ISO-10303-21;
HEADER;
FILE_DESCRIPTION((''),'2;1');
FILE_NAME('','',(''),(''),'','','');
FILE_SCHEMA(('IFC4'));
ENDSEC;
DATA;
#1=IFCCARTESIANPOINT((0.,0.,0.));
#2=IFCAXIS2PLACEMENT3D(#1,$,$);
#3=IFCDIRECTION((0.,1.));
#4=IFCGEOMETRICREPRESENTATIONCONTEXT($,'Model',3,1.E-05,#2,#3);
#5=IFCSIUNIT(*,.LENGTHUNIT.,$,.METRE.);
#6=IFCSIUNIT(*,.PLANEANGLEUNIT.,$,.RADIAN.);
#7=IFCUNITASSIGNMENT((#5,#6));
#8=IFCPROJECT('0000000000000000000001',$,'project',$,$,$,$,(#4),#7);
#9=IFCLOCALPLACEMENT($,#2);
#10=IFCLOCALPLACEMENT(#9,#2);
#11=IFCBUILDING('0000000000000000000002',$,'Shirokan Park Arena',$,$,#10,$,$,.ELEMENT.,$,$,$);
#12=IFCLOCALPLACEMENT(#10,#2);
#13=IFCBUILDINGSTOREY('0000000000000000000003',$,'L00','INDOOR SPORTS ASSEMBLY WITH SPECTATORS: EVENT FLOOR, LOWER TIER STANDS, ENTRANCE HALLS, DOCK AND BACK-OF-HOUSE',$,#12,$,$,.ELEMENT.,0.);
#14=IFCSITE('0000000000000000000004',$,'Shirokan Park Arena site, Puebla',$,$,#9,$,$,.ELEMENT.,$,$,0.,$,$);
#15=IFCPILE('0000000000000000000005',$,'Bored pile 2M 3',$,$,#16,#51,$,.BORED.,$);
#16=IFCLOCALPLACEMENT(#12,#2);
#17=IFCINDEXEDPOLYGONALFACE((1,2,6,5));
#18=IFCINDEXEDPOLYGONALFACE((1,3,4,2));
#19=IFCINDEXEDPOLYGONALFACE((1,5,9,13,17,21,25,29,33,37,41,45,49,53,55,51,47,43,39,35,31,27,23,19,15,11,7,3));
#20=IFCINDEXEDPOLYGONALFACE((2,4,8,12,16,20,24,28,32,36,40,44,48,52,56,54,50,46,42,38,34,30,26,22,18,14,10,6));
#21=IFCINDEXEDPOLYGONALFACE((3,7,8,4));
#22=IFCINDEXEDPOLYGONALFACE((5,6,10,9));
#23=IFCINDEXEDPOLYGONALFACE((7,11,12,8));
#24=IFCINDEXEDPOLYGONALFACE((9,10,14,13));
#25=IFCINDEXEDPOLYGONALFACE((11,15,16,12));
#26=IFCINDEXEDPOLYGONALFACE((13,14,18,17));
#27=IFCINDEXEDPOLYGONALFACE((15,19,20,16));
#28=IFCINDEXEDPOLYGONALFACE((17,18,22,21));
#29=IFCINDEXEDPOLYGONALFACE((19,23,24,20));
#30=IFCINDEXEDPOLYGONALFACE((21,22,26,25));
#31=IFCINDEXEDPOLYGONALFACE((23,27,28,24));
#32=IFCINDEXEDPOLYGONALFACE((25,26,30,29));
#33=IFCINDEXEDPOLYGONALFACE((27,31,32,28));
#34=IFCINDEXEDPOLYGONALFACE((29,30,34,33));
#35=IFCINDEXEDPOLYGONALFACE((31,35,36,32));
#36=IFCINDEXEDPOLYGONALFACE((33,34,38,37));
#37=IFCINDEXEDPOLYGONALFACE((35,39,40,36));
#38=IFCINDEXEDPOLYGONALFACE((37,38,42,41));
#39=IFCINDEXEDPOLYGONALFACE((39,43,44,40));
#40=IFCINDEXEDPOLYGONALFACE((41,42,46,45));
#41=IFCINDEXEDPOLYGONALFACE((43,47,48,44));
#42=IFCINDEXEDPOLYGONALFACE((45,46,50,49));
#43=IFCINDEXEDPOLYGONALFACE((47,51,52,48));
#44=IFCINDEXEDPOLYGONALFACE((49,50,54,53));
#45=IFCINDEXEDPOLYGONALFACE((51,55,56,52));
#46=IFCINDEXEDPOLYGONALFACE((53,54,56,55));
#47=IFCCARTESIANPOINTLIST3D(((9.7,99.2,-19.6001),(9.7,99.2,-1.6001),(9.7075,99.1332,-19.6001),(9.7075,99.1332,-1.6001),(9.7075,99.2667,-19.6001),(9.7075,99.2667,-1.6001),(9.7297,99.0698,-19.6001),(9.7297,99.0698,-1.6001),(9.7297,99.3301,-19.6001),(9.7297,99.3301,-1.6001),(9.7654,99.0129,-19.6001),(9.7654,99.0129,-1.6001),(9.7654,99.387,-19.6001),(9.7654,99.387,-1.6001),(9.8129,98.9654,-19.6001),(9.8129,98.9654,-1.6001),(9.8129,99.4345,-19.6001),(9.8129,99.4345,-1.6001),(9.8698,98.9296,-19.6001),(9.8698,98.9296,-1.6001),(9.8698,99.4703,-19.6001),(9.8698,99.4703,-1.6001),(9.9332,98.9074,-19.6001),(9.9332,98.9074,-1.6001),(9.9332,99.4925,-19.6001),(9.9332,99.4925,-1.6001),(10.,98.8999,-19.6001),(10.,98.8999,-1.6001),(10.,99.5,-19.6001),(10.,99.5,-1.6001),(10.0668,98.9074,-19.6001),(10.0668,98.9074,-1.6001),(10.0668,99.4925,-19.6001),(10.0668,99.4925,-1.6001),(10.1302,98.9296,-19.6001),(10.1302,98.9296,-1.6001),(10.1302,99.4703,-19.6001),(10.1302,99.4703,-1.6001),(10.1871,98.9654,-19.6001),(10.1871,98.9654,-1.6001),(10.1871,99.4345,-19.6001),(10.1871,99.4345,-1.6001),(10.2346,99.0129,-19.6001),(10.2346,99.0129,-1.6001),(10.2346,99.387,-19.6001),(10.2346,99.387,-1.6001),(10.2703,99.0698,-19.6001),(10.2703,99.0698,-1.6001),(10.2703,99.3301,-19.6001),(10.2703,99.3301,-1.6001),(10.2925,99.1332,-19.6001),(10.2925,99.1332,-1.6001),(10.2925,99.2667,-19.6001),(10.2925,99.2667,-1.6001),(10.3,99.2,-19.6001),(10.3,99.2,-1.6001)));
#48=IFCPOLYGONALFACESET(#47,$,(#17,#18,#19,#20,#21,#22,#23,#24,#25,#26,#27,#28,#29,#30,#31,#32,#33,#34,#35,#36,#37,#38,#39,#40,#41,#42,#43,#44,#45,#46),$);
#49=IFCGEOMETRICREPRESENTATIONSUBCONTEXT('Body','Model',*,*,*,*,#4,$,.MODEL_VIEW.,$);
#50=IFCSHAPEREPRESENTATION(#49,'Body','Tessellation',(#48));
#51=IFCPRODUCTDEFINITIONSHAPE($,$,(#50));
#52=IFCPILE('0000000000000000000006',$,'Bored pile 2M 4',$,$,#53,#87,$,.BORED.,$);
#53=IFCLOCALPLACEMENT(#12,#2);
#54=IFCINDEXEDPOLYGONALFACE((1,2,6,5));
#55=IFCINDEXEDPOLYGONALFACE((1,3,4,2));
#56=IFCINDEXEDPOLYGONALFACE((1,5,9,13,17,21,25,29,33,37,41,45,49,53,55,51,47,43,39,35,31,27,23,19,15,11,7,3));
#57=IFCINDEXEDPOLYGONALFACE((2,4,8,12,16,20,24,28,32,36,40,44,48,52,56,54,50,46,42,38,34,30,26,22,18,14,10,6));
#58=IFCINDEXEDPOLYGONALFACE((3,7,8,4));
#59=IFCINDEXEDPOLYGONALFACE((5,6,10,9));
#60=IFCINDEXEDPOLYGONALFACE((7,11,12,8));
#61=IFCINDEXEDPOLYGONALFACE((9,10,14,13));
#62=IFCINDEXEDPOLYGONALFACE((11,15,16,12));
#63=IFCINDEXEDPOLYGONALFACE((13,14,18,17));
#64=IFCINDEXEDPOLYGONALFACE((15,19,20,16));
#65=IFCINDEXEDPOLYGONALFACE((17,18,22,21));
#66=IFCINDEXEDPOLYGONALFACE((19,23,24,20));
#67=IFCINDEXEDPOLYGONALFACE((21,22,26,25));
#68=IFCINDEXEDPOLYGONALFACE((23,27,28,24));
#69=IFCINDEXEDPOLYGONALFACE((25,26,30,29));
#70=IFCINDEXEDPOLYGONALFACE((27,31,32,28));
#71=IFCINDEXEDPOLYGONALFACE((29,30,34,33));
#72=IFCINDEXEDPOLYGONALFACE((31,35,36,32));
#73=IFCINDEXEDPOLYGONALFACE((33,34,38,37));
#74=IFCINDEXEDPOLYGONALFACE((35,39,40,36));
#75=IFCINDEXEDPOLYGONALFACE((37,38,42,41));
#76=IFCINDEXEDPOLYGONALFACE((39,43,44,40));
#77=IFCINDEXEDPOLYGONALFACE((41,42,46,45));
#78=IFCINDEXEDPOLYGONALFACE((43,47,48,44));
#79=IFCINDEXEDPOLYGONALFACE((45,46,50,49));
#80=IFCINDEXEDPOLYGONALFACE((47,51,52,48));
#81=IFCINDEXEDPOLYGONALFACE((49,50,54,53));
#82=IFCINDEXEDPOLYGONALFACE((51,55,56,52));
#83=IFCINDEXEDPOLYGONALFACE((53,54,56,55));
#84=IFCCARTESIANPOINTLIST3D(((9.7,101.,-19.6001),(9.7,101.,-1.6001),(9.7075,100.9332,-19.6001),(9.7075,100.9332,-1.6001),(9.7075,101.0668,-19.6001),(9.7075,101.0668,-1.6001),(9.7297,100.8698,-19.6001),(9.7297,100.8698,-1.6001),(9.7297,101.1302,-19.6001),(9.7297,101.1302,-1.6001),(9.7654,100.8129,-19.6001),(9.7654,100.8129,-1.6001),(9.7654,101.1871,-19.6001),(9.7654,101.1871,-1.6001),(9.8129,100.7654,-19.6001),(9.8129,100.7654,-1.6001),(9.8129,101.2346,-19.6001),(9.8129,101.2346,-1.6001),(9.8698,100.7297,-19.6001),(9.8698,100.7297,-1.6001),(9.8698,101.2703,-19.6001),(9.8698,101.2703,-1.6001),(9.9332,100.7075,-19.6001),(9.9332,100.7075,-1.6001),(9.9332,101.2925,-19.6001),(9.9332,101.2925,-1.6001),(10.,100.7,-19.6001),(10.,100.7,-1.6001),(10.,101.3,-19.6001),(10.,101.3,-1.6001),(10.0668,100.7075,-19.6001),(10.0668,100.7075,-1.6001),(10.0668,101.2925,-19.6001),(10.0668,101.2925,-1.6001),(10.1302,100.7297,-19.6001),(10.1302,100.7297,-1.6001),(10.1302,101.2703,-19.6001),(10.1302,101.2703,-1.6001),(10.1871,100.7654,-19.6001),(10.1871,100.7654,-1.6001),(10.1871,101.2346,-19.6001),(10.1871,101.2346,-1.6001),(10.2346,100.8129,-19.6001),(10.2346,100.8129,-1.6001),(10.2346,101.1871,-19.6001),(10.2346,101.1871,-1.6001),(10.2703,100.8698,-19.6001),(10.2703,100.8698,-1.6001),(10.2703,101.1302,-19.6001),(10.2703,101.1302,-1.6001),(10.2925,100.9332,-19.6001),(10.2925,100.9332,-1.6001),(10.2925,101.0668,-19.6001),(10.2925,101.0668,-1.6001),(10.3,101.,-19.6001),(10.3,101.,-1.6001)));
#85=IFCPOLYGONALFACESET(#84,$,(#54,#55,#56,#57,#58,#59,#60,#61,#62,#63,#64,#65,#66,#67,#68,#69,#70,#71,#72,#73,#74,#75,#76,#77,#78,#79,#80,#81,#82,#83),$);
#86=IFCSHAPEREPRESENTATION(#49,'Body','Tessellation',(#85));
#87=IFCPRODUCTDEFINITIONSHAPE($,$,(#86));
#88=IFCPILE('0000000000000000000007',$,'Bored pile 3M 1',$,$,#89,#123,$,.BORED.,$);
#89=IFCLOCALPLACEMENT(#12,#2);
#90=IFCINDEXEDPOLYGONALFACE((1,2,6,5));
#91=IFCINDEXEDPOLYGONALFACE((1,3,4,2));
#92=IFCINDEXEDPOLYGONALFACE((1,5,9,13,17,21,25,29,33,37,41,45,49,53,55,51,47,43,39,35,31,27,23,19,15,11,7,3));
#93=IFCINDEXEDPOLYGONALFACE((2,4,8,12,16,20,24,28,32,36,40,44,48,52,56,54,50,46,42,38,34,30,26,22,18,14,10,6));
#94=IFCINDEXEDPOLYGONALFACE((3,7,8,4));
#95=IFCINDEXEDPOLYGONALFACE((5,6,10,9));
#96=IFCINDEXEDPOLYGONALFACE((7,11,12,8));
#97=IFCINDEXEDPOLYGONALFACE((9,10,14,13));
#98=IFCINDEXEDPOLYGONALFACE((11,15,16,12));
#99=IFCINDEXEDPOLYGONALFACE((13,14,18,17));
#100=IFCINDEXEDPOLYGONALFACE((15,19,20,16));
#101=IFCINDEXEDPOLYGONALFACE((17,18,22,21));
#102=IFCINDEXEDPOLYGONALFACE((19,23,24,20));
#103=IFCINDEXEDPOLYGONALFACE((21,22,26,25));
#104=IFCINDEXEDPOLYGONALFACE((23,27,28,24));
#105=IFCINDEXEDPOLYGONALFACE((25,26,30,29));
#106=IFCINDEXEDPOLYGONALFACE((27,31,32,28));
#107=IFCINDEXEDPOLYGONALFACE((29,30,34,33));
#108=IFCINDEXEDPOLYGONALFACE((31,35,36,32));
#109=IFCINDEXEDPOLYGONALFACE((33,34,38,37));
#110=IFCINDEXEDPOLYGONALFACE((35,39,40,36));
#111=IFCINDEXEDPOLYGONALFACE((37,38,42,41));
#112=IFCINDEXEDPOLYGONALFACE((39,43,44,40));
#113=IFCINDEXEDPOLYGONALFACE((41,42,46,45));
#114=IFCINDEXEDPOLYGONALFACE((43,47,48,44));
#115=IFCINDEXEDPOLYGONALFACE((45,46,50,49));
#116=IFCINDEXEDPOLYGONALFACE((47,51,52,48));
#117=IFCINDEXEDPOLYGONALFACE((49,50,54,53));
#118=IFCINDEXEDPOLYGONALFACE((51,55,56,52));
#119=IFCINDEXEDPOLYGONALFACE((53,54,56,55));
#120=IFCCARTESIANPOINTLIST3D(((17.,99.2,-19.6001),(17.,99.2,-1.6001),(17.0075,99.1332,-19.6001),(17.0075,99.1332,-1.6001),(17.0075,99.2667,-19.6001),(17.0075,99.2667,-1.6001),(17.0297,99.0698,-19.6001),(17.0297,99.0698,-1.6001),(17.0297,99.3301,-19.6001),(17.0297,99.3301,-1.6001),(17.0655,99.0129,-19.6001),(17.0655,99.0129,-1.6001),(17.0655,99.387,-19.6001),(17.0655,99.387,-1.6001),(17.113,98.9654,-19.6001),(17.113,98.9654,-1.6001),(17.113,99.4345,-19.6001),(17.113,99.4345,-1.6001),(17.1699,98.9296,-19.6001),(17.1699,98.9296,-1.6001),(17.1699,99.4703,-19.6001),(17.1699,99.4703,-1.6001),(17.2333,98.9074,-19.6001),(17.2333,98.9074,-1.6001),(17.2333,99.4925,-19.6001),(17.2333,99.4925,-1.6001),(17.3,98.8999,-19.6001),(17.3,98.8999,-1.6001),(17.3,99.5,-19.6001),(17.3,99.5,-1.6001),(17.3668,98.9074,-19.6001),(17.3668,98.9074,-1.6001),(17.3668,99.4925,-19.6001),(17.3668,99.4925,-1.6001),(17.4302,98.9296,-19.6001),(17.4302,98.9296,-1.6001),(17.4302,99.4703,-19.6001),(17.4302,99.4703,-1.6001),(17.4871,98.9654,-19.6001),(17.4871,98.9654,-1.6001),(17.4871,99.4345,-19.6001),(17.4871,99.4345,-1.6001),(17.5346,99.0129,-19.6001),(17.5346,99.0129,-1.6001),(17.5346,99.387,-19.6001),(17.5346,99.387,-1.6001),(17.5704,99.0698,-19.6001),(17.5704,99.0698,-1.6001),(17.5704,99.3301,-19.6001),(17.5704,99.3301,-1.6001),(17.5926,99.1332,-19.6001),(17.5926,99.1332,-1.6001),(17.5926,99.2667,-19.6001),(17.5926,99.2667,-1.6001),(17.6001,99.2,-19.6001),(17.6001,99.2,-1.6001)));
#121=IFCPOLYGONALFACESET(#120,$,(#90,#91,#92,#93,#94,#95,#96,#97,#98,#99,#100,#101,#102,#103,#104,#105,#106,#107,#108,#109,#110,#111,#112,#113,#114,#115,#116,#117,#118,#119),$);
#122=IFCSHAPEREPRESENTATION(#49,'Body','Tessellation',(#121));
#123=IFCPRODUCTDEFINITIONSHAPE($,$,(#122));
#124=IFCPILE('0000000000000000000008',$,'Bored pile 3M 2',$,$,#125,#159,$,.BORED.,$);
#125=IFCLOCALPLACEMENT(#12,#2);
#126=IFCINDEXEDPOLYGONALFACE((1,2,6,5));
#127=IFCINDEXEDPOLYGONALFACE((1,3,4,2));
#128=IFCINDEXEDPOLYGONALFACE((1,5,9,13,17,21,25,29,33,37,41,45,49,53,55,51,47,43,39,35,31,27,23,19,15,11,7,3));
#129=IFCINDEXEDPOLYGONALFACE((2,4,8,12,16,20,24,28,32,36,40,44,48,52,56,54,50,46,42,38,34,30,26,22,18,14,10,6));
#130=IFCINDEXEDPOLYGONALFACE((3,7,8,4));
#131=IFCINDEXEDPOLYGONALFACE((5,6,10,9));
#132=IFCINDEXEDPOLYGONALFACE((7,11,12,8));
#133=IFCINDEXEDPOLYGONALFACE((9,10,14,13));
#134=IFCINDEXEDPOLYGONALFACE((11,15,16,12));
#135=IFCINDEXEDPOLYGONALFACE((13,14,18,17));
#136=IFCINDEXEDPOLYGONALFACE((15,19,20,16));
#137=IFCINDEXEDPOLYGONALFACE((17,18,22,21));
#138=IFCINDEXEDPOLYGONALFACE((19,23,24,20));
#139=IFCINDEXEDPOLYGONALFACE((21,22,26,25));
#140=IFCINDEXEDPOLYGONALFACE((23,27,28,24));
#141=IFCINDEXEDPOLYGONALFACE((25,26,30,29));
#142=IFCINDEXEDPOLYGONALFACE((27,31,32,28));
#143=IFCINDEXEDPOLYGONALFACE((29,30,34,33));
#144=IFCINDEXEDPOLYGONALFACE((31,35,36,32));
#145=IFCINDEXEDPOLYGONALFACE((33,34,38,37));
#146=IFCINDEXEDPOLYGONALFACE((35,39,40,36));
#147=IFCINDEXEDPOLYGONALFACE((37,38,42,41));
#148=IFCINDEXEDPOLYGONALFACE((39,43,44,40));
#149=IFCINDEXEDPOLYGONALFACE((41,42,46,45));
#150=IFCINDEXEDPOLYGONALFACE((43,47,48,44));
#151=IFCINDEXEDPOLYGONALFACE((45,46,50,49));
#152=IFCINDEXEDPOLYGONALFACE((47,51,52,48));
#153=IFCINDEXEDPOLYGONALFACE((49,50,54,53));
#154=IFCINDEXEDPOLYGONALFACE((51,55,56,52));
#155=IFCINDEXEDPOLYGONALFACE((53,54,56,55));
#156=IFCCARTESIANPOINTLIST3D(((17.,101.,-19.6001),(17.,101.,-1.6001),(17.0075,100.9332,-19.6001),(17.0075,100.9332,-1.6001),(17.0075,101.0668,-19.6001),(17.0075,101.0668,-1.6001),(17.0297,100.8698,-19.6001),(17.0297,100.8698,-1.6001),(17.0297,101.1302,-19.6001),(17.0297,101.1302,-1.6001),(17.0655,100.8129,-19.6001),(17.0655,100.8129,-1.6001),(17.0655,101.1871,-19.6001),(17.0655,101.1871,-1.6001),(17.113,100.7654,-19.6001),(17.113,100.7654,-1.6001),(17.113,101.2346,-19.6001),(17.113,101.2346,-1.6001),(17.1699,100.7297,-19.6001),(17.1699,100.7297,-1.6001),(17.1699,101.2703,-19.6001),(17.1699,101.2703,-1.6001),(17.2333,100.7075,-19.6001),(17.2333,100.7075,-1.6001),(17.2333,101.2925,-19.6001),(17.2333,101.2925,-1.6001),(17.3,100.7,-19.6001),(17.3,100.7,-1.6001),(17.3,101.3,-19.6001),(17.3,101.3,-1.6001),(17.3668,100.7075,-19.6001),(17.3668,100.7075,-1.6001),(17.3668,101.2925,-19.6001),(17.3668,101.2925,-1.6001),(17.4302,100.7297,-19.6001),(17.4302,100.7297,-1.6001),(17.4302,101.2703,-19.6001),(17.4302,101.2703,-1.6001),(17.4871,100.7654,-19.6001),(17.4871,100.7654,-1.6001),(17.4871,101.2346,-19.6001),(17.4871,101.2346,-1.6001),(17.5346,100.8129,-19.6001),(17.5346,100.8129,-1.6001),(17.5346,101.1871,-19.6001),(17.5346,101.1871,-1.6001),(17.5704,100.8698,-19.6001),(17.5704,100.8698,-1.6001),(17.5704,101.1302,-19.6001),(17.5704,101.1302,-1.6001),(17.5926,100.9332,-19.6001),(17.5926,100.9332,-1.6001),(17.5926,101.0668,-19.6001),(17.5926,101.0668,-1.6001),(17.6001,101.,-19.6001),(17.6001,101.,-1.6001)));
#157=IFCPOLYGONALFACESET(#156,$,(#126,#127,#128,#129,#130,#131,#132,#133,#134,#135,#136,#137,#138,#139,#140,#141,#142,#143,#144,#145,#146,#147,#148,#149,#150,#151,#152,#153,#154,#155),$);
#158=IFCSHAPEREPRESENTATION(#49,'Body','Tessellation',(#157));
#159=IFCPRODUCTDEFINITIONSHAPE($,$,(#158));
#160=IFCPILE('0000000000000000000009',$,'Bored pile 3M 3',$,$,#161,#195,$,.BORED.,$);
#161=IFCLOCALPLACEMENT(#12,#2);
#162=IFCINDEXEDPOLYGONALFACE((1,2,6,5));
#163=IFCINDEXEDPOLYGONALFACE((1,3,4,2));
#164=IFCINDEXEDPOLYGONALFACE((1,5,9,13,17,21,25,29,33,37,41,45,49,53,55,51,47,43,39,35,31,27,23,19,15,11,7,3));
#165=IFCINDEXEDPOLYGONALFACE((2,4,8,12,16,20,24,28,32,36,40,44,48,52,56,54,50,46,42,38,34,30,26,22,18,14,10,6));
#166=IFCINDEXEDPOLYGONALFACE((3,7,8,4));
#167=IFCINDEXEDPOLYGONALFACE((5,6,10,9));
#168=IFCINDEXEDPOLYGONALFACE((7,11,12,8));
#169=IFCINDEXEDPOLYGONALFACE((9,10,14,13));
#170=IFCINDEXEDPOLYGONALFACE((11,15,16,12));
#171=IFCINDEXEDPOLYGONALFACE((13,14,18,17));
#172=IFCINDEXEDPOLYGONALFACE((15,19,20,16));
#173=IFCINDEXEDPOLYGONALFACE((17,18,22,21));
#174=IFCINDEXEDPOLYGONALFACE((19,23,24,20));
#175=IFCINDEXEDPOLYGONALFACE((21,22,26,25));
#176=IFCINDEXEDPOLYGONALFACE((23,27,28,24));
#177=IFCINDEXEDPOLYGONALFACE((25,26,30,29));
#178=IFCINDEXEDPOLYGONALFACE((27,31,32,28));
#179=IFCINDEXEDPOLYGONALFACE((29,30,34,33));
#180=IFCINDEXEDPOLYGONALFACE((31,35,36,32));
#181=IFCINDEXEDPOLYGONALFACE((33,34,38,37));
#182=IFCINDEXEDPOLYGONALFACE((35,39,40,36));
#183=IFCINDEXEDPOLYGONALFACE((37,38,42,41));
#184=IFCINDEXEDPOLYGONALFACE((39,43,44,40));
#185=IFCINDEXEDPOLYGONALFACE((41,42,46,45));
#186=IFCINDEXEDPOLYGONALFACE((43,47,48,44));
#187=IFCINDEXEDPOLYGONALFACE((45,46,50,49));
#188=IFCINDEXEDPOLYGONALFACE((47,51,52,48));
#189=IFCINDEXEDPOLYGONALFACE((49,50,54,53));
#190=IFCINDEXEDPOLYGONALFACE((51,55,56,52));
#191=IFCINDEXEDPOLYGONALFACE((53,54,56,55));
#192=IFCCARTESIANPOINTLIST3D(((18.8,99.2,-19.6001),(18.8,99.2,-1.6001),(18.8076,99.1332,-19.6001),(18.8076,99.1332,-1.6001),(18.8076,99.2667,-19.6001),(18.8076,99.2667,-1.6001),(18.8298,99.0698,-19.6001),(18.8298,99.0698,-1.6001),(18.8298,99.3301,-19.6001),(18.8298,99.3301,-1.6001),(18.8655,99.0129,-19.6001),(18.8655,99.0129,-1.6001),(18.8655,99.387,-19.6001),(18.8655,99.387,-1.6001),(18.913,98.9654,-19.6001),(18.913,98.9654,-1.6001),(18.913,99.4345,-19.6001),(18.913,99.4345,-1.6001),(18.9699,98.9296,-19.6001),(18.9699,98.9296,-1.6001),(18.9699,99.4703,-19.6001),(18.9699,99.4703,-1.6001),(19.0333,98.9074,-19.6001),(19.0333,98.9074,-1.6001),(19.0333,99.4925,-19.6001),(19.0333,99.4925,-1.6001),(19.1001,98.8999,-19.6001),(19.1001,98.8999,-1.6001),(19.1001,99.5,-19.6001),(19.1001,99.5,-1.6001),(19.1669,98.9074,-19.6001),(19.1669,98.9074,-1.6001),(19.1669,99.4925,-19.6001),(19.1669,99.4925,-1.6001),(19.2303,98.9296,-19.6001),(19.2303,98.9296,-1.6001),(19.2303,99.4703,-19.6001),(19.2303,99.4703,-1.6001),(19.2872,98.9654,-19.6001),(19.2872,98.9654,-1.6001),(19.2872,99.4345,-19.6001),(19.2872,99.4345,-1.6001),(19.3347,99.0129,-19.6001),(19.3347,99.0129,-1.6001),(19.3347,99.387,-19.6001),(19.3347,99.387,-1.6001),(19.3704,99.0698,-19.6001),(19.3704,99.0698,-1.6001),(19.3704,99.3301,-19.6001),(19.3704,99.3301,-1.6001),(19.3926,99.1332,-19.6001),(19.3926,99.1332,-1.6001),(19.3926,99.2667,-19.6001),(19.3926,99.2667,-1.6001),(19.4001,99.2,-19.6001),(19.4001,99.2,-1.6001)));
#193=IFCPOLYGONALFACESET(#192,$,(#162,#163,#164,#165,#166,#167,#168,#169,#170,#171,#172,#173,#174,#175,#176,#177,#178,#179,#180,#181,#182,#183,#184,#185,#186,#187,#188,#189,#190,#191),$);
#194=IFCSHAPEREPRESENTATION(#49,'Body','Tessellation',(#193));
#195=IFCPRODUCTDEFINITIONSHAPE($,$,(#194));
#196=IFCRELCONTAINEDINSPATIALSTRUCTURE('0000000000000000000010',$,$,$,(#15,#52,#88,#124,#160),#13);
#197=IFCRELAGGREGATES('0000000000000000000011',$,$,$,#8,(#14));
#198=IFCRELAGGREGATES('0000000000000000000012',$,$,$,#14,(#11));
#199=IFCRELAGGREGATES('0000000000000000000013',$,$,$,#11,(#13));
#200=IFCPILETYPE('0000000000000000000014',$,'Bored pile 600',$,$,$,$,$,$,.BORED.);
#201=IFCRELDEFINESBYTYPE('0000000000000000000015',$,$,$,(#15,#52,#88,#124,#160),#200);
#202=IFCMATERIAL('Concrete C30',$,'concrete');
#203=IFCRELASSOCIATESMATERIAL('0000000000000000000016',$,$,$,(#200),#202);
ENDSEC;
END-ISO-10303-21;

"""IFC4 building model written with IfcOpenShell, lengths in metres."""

from ifc_helpers import new_model, si_unit, direction, frame, origin, origin_2d, place, context, subcontext, project, spatial, circle, extrude, material, material_profile, profile_set, type_object, element, save


model = new_model("IFC4")

# Units and contexts
model_context = context("Model", 3, precision=1e-05, world=origin(), true_north=direction((0.0, 1.0)))
body_context = subcontext(model_context, "Body", "Model", "MODEL_VIEW")
ifc_project = project(units=[si_unit("LENGTHUNIT", "METRE"), si_unit("PLANEANGLEUNIT", "RADIAN")], contexts=[model_context])

# Site, building, storey
site_placement = place(None, origin())
site = spatial("IfcSite", under=ifc_project, at=site_placement, Name="Shirokan Park Arena site, Puebla", CompositionType="ELEMENT", RefElevation=0.0)
building_placement = place(site_placement, origin())
building = spatial("IfcBuilding", under=site, at=building_placement, Name="Shirokan Park Arena", CompositionType="ELEMENT")
storey_placement = place(building_placement, origin())
storey = spatial("IfcBuildingStorey", under=building, at=storey_placement, Name="L00", Description="INDOOR SPORTS ASSEMBLY WITH SPECTATORS: EVENT FLOOR, LOWER TIER STANDS, ENTRANCE HALLS, DOCK AND BACK-OF-HOUSE", CompositionType="ELEMENT", Elevation=0.0)

# Piles
ifc_material_1 = material(Name="Concrete C30", Category="concrete")
ifc_material_profile_1 = material_profile(ifc_material_1, circle(Radius=0.3, at=origin_2d()), Name="D600")
ifc_profile_set_1 = profile_set([ifc_material_profile_1], Name="Concrete C30")
pile_type_1 = type_object("IfcPileType", Name="Bored pile 600", PredefinedType="BORED", material=ifc_profile_set_1)
for number, where, z_axis, x_axis, name in (
    (1, (10.0, 99.2, -1.6001), (0.0, 0.0, -1.0), (1.0, 0.0, 0.0), "Bored pile 2M 3"),
    (2, (10.0, 101.0, -1.6001), (0.0, 0.0, -1.0), (1.0, 0.0, 0.0), "Bored pile 2M 4"),
    (3, (17.3, 99.2, -1.6001), (0.0, 0.0, -1.0), (1.0, 0.0, 0.0), "Bored pile 3M 1"),
    (4, (17.3, 101.0, -1.6001), (0.0, 0.0, -1.0), (1.0, 0.0, 0.0), "Bored pile 3M 2"),
    (5, (19.1001, 99.2, -1.6001), (0.0, 0.0, -1.0), (1.0, 0.0, 0.0), "Bored pile 3M 3"),
):
    element("IfcPile", number, at=place(storey_placement, frame(where, z_axis=z_axis, x_axis=x_axis)), inside=storey, type_object=pile_type_1, Name=name, PredefinedType="BORED", context=body_context, shape_type="SweptSolid", body=[
        extrude(circle(Radius=0.3, at=origin_2d()), origin(), (0.0, 0.0, 1.0), 18.0),
    ])

save(model, "model.ifc")
